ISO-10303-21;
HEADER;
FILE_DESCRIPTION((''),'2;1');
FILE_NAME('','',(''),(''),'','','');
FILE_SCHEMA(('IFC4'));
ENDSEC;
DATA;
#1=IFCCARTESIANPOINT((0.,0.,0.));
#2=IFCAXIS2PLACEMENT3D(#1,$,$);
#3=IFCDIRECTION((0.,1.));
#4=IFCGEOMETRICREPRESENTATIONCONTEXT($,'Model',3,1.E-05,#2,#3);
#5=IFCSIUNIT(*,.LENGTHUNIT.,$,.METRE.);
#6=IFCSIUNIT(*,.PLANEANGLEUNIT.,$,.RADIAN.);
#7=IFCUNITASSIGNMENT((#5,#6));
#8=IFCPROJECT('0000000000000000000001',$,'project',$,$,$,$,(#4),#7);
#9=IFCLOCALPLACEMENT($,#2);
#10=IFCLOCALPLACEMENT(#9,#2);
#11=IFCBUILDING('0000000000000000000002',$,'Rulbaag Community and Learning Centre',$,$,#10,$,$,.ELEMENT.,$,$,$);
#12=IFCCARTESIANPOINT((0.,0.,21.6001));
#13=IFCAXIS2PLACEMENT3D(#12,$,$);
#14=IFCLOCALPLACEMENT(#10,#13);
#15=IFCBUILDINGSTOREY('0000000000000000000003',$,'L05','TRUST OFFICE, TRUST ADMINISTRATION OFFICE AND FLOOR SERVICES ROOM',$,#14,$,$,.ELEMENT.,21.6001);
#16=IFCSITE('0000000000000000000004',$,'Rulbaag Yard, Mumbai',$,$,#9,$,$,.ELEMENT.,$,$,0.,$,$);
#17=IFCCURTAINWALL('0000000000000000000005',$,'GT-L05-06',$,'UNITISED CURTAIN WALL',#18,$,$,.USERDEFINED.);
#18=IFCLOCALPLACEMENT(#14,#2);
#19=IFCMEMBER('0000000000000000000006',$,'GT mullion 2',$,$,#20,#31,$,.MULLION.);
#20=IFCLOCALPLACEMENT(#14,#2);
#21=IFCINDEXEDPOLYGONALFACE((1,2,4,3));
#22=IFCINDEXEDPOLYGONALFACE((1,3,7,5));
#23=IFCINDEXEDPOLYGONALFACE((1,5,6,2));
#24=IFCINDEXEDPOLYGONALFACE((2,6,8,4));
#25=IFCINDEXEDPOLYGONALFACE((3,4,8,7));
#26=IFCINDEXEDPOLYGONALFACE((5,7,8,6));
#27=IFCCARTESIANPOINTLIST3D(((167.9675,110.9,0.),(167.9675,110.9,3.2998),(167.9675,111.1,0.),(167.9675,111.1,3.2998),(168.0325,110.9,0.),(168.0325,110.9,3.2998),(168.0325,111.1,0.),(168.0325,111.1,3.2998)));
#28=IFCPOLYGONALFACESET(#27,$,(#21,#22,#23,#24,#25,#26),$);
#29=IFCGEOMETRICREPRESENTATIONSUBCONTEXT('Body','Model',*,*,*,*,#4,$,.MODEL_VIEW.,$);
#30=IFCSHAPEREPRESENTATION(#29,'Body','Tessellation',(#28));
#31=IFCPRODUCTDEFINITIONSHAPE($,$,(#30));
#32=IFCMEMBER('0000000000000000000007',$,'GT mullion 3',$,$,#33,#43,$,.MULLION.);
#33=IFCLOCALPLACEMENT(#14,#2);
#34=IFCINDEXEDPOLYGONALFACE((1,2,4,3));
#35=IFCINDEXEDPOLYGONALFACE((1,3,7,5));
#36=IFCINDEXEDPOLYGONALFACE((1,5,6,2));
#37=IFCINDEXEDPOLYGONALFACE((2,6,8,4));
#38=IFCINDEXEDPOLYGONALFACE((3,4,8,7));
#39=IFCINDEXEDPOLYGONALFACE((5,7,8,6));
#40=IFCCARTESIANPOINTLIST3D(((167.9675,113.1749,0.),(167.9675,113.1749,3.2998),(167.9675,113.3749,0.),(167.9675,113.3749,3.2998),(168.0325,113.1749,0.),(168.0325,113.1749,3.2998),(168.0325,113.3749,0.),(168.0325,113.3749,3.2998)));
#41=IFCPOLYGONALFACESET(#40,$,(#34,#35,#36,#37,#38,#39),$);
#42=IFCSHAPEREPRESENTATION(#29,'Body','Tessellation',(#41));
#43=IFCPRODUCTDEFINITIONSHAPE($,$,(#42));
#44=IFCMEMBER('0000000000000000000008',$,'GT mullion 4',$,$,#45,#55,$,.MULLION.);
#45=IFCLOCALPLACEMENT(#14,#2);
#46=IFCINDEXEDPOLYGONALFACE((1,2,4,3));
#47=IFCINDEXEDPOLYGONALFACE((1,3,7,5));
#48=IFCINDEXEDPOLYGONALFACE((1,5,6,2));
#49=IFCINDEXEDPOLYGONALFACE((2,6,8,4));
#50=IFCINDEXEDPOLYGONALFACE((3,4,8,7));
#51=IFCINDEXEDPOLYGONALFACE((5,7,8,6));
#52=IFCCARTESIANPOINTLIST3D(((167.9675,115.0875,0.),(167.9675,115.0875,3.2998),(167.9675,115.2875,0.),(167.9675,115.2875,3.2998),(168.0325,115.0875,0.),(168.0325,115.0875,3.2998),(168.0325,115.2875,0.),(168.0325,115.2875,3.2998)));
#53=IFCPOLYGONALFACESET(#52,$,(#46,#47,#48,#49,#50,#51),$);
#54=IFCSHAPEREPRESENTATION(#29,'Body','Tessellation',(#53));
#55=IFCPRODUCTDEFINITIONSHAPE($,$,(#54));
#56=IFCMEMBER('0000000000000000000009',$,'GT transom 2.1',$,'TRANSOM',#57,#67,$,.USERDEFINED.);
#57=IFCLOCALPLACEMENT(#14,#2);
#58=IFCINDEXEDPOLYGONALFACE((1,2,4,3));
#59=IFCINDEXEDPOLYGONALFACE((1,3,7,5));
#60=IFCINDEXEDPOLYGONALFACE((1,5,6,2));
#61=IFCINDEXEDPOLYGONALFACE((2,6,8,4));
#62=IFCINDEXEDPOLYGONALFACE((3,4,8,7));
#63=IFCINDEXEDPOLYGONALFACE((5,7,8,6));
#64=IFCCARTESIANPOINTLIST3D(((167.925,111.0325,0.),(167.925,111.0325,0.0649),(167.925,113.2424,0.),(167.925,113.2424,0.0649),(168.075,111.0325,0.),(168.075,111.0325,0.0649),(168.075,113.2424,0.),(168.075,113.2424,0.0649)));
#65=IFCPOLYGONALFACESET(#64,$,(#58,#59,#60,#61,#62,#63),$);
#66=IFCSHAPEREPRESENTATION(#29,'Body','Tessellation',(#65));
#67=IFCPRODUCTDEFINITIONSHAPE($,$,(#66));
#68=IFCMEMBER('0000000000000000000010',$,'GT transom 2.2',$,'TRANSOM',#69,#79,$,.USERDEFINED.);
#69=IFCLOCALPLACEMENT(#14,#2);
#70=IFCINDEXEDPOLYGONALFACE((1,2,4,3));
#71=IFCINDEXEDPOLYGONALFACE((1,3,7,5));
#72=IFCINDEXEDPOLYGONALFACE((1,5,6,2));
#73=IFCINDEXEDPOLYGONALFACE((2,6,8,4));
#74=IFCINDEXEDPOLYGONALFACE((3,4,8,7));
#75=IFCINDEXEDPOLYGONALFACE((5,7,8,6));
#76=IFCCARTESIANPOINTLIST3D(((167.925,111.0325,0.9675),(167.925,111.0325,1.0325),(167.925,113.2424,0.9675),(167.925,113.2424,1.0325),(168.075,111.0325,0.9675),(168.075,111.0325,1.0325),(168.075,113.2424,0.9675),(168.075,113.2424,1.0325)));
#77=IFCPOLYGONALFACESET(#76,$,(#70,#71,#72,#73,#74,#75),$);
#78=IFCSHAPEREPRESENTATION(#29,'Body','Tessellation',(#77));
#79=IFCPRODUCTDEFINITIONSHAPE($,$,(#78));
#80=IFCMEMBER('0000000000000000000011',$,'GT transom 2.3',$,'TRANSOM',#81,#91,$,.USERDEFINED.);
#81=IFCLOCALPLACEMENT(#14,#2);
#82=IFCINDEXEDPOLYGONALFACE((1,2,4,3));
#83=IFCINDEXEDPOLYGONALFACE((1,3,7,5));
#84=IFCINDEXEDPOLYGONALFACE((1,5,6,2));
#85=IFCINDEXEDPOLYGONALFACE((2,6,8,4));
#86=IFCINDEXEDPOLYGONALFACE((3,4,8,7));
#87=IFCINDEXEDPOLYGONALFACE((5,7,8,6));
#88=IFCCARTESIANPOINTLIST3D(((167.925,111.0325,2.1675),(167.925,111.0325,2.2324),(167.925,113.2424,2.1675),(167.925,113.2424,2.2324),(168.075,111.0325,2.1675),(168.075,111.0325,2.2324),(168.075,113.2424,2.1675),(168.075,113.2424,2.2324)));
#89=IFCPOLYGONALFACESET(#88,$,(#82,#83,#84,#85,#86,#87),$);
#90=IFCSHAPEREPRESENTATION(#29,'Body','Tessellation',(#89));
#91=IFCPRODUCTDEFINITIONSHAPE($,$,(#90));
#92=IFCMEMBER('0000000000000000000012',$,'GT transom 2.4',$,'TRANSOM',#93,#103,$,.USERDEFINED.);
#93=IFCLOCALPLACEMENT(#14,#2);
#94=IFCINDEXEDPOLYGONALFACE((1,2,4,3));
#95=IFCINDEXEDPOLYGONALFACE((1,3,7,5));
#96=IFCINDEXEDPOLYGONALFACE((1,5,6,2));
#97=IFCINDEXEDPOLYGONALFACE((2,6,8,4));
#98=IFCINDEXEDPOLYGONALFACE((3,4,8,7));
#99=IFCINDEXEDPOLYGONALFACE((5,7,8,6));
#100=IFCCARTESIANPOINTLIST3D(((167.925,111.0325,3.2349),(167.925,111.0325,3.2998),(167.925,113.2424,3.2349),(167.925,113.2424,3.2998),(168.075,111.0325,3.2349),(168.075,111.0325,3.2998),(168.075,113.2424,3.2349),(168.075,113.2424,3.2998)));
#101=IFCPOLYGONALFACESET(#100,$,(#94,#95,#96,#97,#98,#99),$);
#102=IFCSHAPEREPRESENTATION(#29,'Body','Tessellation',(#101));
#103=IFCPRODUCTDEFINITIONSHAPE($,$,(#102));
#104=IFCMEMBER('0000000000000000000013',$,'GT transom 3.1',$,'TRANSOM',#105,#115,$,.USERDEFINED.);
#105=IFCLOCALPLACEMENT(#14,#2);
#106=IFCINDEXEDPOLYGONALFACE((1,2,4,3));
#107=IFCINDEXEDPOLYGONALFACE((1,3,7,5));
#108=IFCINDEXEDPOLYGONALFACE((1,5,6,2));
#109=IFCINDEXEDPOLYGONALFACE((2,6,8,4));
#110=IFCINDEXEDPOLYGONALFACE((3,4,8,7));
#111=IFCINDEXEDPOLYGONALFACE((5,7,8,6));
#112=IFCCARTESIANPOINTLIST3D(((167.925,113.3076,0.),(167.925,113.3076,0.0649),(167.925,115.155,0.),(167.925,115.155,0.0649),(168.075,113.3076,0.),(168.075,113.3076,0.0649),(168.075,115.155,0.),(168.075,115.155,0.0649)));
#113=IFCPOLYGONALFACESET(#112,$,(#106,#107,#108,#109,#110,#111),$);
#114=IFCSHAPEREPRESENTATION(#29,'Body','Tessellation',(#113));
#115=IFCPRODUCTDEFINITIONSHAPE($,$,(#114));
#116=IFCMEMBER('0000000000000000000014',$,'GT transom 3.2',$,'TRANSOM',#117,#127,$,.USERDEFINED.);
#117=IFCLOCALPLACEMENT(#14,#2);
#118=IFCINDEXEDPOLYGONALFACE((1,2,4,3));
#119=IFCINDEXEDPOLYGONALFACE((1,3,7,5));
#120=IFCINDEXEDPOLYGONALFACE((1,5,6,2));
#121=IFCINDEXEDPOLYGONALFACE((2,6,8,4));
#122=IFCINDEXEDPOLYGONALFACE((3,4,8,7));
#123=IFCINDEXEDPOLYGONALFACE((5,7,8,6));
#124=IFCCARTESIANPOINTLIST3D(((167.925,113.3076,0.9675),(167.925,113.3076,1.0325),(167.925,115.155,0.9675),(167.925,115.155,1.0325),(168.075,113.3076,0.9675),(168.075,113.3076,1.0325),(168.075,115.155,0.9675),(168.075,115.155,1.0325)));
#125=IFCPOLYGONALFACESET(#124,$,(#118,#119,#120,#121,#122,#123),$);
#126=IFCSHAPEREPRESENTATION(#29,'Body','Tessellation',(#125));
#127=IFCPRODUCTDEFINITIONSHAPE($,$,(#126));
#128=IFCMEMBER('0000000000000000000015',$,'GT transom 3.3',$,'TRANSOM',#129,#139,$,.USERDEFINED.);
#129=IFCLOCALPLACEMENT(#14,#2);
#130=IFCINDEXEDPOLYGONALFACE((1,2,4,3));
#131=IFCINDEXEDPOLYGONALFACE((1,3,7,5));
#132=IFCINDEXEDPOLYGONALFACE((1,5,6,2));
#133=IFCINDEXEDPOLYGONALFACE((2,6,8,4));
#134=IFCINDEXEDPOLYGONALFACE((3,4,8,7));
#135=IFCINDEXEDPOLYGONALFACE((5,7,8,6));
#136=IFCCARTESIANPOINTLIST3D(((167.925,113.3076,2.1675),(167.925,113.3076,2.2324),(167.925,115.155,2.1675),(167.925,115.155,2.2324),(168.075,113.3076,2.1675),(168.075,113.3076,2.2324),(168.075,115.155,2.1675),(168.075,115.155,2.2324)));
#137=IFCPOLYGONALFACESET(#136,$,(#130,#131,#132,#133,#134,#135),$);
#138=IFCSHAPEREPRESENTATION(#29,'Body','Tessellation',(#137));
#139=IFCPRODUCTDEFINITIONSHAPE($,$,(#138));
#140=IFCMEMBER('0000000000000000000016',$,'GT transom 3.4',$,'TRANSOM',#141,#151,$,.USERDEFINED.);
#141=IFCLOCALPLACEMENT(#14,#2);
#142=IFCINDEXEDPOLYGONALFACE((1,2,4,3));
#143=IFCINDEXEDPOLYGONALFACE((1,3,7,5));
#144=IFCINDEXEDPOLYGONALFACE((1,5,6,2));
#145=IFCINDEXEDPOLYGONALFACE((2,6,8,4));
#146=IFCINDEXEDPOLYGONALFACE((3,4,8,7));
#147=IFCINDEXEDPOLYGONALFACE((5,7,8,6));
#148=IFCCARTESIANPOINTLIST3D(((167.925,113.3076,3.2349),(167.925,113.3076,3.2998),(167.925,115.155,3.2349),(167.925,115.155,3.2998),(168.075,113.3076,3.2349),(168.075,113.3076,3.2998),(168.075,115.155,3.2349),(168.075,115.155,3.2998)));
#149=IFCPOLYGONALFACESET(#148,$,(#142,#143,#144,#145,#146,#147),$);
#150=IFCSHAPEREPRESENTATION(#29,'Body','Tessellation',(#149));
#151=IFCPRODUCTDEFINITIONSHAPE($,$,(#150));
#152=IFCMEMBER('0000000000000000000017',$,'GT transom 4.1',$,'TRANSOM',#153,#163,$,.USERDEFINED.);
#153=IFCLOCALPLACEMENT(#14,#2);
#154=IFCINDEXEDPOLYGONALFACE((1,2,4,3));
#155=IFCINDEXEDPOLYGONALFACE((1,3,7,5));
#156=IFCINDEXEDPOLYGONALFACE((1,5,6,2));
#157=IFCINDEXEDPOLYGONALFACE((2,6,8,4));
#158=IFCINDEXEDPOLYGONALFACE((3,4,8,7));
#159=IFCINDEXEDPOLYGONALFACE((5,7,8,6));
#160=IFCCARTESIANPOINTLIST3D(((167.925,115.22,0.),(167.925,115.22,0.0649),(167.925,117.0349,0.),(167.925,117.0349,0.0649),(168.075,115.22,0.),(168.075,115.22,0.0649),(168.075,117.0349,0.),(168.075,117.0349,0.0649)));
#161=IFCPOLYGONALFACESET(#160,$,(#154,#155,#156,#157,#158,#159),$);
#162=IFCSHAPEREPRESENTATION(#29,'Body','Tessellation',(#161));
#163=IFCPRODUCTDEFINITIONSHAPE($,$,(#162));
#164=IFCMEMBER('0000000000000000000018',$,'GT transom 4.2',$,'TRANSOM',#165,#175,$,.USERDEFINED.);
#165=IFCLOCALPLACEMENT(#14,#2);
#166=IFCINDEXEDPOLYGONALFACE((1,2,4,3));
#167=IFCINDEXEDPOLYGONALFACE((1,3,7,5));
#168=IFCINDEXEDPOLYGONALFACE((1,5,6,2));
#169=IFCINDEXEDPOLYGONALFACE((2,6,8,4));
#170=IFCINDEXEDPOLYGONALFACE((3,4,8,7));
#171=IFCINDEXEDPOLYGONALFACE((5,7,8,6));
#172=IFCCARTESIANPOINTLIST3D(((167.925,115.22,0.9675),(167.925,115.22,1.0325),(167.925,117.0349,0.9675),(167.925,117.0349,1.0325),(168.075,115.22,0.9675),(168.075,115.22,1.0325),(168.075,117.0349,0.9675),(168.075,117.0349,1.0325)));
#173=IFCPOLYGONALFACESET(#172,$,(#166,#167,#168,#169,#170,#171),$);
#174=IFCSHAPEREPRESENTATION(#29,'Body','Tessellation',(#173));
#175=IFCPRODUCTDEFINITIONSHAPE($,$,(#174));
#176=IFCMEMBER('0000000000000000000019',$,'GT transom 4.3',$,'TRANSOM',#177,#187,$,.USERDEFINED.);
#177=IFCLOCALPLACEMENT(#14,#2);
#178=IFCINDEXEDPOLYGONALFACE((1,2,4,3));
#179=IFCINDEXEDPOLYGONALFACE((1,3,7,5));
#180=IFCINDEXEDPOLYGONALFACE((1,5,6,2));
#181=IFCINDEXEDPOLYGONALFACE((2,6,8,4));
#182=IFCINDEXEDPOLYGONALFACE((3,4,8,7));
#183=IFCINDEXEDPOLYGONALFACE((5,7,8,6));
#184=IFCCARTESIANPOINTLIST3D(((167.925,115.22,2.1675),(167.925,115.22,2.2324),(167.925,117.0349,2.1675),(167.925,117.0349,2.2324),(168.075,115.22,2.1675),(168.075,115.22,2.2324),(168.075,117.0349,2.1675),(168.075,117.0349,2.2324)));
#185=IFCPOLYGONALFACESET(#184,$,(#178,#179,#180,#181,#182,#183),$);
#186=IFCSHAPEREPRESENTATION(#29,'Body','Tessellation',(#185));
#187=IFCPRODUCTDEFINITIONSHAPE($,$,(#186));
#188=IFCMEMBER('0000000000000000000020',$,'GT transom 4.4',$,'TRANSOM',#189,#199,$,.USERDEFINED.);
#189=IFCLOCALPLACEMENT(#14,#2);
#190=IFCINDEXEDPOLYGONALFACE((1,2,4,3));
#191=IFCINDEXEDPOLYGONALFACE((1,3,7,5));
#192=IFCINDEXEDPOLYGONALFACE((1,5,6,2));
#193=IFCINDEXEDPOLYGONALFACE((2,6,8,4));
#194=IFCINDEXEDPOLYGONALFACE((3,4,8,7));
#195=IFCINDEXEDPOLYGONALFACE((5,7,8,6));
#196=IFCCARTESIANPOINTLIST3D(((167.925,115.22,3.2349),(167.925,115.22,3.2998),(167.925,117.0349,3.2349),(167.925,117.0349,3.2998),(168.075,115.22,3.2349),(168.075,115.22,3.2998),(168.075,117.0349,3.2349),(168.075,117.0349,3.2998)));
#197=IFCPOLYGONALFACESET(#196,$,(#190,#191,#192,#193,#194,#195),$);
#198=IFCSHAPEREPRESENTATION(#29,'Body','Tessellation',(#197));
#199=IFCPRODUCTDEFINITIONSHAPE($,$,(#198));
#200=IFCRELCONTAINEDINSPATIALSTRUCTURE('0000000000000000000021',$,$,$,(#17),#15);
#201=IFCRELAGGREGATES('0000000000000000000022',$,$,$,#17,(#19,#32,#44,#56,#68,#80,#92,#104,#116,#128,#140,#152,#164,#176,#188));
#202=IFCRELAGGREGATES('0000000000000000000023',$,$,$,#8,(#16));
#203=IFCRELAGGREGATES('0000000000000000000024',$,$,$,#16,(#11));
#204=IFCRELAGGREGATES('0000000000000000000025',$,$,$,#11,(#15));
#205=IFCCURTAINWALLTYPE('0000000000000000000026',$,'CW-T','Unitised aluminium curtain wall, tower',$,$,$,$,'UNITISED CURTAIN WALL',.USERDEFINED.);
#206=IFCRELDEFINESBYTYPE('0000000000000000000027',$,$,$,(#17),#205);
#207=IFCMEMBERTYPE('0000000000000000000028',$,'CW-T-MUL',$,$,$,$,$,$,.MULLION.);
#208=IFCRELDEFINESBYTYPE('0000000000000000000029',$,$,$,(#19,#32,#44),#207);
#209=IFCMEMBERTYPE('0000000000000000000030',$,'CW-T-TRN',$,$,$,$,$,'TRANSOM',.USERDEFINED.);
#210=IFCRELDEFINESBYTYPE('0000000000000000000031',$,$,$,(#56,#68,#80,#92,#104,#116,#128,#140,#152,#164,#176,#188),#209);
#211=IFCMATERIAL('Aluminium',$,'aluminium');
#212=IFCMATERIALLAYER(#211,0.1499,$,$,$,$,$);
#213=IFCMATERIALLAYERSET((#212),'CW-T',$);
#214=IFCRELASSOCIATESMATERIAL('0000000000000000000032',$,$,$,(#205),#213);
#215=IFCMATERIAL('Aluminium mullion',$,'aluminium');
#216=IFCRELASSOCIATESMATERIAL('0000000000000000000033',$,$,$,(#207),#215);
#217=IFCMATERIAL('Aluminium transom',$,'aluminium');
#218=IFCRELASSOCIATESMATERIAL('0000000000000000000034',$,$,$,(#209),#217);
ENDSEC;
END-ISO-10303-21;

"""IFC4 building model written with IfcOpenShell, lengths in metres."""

from ifc_helpers import new_model, si_unit, direction, frame, origin, origin_2d, place, context, subcontext, project, spatial, rectangle, extrude, material, layer, layer_set, material_profile, profile_set, type_object, element, aggregate, save


model = new_model("IFC4")

# Units and contexts
model_context = context("Model", 3, precision=1e-05, world=origin(), true_north=direction((0.0, 1.0)))
body_context = subcontext(model_context, "Body", "Model", "MODEL_VIEW")
ifc_project = project(units=[si_unit("LENGTHUNIT", "METRE"), si_unit("PLANEANGLEUNIT", "RADIAN")], contexts=[model_context])

# Site, building, storey
site_placement = place(None, origin())
site = spatial("IfcSite", under=ifc_project, at=site_placement, Name="Rulbaag Yard, Mumbai", CompositionType="ELEMENT", RefElevation=0.0)
building_placement = place(site_placement, origin())
building = spatial("IfcBuilding", under=site, at=building_placement, Name="Rulbaag Community and Learning Centre", CompositionType="ELEMENT")
storey_placement = place(building_placement, frame((0.0, 0.0, 21.6001)))
storey = spatial("IfcBuildingStorey", under=building, at=storey_placement, Name="L05", Description="TRUST OFFICE, TRUST ADMINISTRATION OFFICE AND FLOOR SERVICES ROOM", CompositionType="ELEMENT", Elevation=21.6001)

# Curtain wall, members
ifc_material_1 = material(Name="Aluminium", Category="aluminium")
ifc_layer_1 = layer(ifc_material_1, 0.1499)
ifc_layer_set_1 = layer_set([ifc_layer_1], Name="CW-T")
curtain_wall_type = type_object("IfcCurtainWallType", Name="CW-T", Description="Unitised aluminium curtain wall, tower", ElementType="UNITISED CURTAIN WALL", PredefinedType="USERDEFINED", material=ifc_layer_set_1)
curtain_wall_placement = place(storey_placement, origin())
curtain_wall = element("IfcCurtainWall", 1, at=curtain_wall_placement, inside=storey, type_object=curtain_wall_type, Name="GT-L05-06", ObjectType="UNITISED CURTAIN WALL", PredefinedType="USERDEFINED")
ifc_material_2 = material(Name="Aluminium mullion", Category="aluminium")
ifc_material_profile_1 = material_profile(ifc_material_2, rectangle(XDim=0.0649, YDim=0.2, at=origin_2d()), Name="AL 65x200")
ifc_profile_set_1 = profile_set([ifc_material_profile_1], Name="Aluminium mullion")
member_type_1 = type_object("IfcMemberType", Name="CW-T-MUL", PredefinedType="MULLION", material=ifc_profile_set_1)
member_1_placement = place(storey_placement, frame((168.0, 111.0, 0.0), z_axis=(0.0, 0.0, 1.0), x_axis=(-1.0, 0.0, 0.0)))
member_1 = element("IfcMember", 2, at=member_1_placement, type_object=member_type_1, Name="GT mullion 2", PredefinedType="MULLION", context=body_context, shape_type="SweptSolid", body=[
    extrude(rectangle(XDim=0.0649, YDim=0.2, at=origin_2d()), origin(), (0.0, 0.0, 1.0), 3.2998),
])
member_2_placement = place(storey_placement, frame((168.0, 113.2749, 0.0), z_axis=(0.0, 0.0, 1.0), x_axis=(-1.0, 0.0, 0.0)))
member_2 = element("IfcMember", 3, at=member_2_placement, type_object=member_type_1, Name="GT mullion 3", PredefinedType="MULLION", context=body_context, shape_type="SweptSolid", body=[
    extrude(rectangle(XDim=0.0649, YDim=0.2, at=origin_2d()), origin(), (0.0, 0.0, 1.0), 3.2998),
])
member_3_placement = place(storey_placement, frame((168.0, 115.1875, 0.0), z_axis=(0.0, 0.0, 1.0), x_axis=(-1.0, 0.0, 0.0)))
member_3 = element("IfcMember", 4, at=member_3_placement, type_object=member_type_1, Name="GT mullion 4", PredefinedType="MULLION", context=body_context, shape_type="SweptSolid", body=[
    extrude(rectangle(XDim=0.0649, YDim=0.2, at=origin_2d()), origin(), (0.0, 0.0, 1.0), 3.2998),
])
ifc_material_3 = material(Name="Aluminium transom", Category="aluminium")
ifc_material_profile_2 = material_profile(ifc_material_3, rectangle(XDim=0.1499, YDim=0.0649, at=origin_2d()), Name="AL 65x150 T")
ifc_profile_set_2 = profile_set([ifc_material_profile_2], Name="Aluminium transom")
member_type_2 = type_object("IfcMemberType", Name="CW-T-TRN", ElementType="TRANSOM", PredefinedType="USERDEFINED", material=ifc_profile_set_2)
member_4_placement = place(storey_placement, frame((168.0, 111.0325, 0.0325), z_axis=(0.0, 1.0, 0.0), x_axis=(-1.0, 0.0, 0.0)))
member_4 = element("IfcMember", 5, at=member_4_placement, type_object=member_type_2, Name="GT transom 2.1", ObjectType="TRANSOM", PredefinedType="USERDEFINED", context=body_context, shape_type="SweptSolid", body=[
    extrude(rectangle(XDim=0.1499, YDim=0.0649, at=origin_2d()), origin(), (0.0, 0.0, 1.0), 2.21),
])
member_5_placement = place(storey_placement, frame((168.0, 111.0325, 1.0), z_axis=(0.0, 1.0, 0.0), x_axis=(-1.0, 0.0, 0.0)))
member_5 = element("IfcMember", 6, at=member_5_placement, type_object=member_type_2, Name="GT transom 2.2", ObjectType="TRANSOM", PredefinedType="USERDEFINED", context=body_context, shape_type="SweptSolid", body=[
    extrude(rectangle(XDim=0.1499, YDim=0.0649, at=origin_2d()), origin(), (0.0, 0.0, 1.0), 2.21),
])
member_6_placement = place(storey_placement, frame((168.0, 111.0325, 2.2), z_axis=(0.0, 1.0, 0.0), x_axis=(-1.0, 0.0, 0.0)))
member_6 = element("IfcMember", 7, at=member_6_placement, type_object=member_type_2, Name="GT transom 2.3", ObjectType="TRANSOM", PredefinedType="USERDEFINED", context=body_context, shape_type="SweptSolid", body=[
    extrude(rectangle(XDim=0.1499, YDim=0.0649, at=origin_2d()), origin(), (0.0, 0.0, 1.0), 2.21),
])
member_7_placement = place(storey_placement, frame((168.0, 111.0325, 3.2673), z_axis=(0.0, 1.0, 0.0), x_axis=(-1.0, 0.0, 0.0)))
member_7 = element("IfcMember", 8, at=member_7_placement, type_object=member_type_2, Name="GT transom 2.4", ObjectType="TRANSOM", PredefinedType="USERDEFINED", context=body_context, shape_type="SweptSolid", body=[
    extrude(rectangle(XDim=0.1499, YDim=0.0649, at=origin_2d()), origin(), (0.0, 0.0, 1.0), 2.21),
])
member_8_placement = place(storey_placement, frame((168.0, 113.3076, 0.0325), z_axis=(0.0, 1.0, 0.0), x_axis=(-1.0, 0.0, 0.0)))
member_8 = element("IfcMember", 9, at=member_8_placement, type_object=member_type_2, Name="GT transom 3.1", ObjectType="TRANSOM", PredefinedType="USERDEFINED", context=body_context, shape_type="SweptSolid", body=[
    extrude(rectangle(XDim=0.1499, YDim=0.0649, at=origin_2d()), origin(), (0.0, 0.0, 1.0), 1.8474),
])
member_9_placement = place(storey_placement, frame((168.0, 113.3076, 1.0), z_axis=(0.0, 1.0, 0.0), x_axis=(-1.0, 0.0, 0.0)))
member_9 = element("IfcMember", 10, at=member_9_placement, type_object=member_type_2, Name="GT transom 3.2", ObjectType="TRANSOM", PredefinedType="USERDEFINED", context=body_context, shape_type="SweptSolid", body=[
    extrude(rectangle(XDim=0.1499, YDim=0.0649, at=origin_2d()), origin(), (0.0, 0.0, 1.0), 1.8474),
])
member_10_placement = place(storey_placement, frame((168.0, 113.3076, 2.2), z_axis=(0.0, 1.0, 0.0), x_axis=(-1.0, 0.0, 0.0)))
member_10 = element("IfcMember", 11, at=member_10_placement, type_object=member_type_2, Name="GT transom 3.3", ObjectType="TRANSOM", PredefinedType="USERDEFINED", context=body_context, shape_type="SweptSolid", body=[
    extrude(rectangle(XDim=0.1499, YDim=0.0649, at=origin_2d()), origin(), (0.0, 0.0, 1.0), 1.8474),
])
member_11_placement = place(storey_placement, frame((168.0, 113.3076, 3.2673), z_axis=(0.0, 1.0, 0.0), x_axis=(-1.0, 0.0, 0.0)))
member_11 = element("IfcMember", 12, at=member_11_placement, type_object=member_type_2, Name="GT transom 3.4", ObjectType="TRANSOM", PredefinedType="USERDEFINED", context=body_context, shape_type="SweptSolid", body=[
    extrude(rectangle(XDim=0.1499, YDim=0.0649, at=origin_2d()), origin(), (0.0, 0.0, 1.0), 1.8474),
])
member_12_placement = place(storey_placement, frame((168.0, 115.22, 0.0325), z_axis=(0.0, 1.0, 0.0), x_axis=(-1.0, 0.0, 0.0)))
member_12 = element("IfcMember", 13, at=member_12_placement, type_object=member_type_2, Name="GT transom 4.1", ObjectType="TRANSOM", PredefinedType="USERDEFINED", context=body_context, shape_type="SweptSolid", body=[
    extrude(rectangle(XDim=0.1499, YDim=0.0649, at=origin_2d()), origin(), (0.0, 0.0, 1.0), 1.8149),
])
member_13_placement = place(storey_placement, frame((168.0, 115.22, 1.0), z_axis=(0.0, 1.0, 0.0), x_axis=(-1.0, 0.0, 0.0)))
member_13 = element("IfcMember", 14, at=member_13_placement, type_object=member_type_2, Name="GT transom 4.2", ObjectType="TRANSOM", PredefinedType="USERDEFINED", context=body_context, shape_type="SweptSolid", body=[
    extrude(rectangle(XDim=0.1499, YDim=0.0649, at=origin_2d()), origin(), (0.0, 0.0, 1.0), 1.8149),
])
member_14_placement = place(storey_placement, frame((168.0, 115.22, 2.2), z_axis=(0.0, 1.0, 0.0), x_axis=(-1.0, 0.0, 0.0)))
member_14 = element("IfcMember", 15, at=member_14_placement, type_object=member_type_2, Name="GT transom 4.3", ObjectType="TRANSOM", PredefinedType="USERDEFINED", context=body_context, shape_type="SweptSolid", body=[
    extrude(rectangle(XDim=0.1499, YDim=0.0649, at=origin_2d()), origin(), (0.0, 0.0, 1.0), 1.8149),
])
member_15_placement = place(storey_placement, frame((168.0, 115.22, 3.2673), z_axis=(0.0, 1.0, 0.0), x_axis=(-1.0, 0.0, 0.0)))
member_15 = element("IfcMember", 16, at=member_15_placement, type_object=member_type_2, Name="GT transom 4.4", ObjectType="TRANSOM", PredefinedType="USERDEFINED", context=body_context, shape_type="SweptSolid", body=[
    extrude(rectangle(XDim=0.1499, YDim=0.0649, at=origin_2d()), origin(), (0.0, 0.0, 1.0), 1.8149),
])
aggregate(curtain_wall, [member_1, member_2, member_3, member_4, member_5, member_6, member_7, member_8, member_9, member_10, member_11, member_12, member_13, member_14, member_15])

save(model, "model.ifc")
